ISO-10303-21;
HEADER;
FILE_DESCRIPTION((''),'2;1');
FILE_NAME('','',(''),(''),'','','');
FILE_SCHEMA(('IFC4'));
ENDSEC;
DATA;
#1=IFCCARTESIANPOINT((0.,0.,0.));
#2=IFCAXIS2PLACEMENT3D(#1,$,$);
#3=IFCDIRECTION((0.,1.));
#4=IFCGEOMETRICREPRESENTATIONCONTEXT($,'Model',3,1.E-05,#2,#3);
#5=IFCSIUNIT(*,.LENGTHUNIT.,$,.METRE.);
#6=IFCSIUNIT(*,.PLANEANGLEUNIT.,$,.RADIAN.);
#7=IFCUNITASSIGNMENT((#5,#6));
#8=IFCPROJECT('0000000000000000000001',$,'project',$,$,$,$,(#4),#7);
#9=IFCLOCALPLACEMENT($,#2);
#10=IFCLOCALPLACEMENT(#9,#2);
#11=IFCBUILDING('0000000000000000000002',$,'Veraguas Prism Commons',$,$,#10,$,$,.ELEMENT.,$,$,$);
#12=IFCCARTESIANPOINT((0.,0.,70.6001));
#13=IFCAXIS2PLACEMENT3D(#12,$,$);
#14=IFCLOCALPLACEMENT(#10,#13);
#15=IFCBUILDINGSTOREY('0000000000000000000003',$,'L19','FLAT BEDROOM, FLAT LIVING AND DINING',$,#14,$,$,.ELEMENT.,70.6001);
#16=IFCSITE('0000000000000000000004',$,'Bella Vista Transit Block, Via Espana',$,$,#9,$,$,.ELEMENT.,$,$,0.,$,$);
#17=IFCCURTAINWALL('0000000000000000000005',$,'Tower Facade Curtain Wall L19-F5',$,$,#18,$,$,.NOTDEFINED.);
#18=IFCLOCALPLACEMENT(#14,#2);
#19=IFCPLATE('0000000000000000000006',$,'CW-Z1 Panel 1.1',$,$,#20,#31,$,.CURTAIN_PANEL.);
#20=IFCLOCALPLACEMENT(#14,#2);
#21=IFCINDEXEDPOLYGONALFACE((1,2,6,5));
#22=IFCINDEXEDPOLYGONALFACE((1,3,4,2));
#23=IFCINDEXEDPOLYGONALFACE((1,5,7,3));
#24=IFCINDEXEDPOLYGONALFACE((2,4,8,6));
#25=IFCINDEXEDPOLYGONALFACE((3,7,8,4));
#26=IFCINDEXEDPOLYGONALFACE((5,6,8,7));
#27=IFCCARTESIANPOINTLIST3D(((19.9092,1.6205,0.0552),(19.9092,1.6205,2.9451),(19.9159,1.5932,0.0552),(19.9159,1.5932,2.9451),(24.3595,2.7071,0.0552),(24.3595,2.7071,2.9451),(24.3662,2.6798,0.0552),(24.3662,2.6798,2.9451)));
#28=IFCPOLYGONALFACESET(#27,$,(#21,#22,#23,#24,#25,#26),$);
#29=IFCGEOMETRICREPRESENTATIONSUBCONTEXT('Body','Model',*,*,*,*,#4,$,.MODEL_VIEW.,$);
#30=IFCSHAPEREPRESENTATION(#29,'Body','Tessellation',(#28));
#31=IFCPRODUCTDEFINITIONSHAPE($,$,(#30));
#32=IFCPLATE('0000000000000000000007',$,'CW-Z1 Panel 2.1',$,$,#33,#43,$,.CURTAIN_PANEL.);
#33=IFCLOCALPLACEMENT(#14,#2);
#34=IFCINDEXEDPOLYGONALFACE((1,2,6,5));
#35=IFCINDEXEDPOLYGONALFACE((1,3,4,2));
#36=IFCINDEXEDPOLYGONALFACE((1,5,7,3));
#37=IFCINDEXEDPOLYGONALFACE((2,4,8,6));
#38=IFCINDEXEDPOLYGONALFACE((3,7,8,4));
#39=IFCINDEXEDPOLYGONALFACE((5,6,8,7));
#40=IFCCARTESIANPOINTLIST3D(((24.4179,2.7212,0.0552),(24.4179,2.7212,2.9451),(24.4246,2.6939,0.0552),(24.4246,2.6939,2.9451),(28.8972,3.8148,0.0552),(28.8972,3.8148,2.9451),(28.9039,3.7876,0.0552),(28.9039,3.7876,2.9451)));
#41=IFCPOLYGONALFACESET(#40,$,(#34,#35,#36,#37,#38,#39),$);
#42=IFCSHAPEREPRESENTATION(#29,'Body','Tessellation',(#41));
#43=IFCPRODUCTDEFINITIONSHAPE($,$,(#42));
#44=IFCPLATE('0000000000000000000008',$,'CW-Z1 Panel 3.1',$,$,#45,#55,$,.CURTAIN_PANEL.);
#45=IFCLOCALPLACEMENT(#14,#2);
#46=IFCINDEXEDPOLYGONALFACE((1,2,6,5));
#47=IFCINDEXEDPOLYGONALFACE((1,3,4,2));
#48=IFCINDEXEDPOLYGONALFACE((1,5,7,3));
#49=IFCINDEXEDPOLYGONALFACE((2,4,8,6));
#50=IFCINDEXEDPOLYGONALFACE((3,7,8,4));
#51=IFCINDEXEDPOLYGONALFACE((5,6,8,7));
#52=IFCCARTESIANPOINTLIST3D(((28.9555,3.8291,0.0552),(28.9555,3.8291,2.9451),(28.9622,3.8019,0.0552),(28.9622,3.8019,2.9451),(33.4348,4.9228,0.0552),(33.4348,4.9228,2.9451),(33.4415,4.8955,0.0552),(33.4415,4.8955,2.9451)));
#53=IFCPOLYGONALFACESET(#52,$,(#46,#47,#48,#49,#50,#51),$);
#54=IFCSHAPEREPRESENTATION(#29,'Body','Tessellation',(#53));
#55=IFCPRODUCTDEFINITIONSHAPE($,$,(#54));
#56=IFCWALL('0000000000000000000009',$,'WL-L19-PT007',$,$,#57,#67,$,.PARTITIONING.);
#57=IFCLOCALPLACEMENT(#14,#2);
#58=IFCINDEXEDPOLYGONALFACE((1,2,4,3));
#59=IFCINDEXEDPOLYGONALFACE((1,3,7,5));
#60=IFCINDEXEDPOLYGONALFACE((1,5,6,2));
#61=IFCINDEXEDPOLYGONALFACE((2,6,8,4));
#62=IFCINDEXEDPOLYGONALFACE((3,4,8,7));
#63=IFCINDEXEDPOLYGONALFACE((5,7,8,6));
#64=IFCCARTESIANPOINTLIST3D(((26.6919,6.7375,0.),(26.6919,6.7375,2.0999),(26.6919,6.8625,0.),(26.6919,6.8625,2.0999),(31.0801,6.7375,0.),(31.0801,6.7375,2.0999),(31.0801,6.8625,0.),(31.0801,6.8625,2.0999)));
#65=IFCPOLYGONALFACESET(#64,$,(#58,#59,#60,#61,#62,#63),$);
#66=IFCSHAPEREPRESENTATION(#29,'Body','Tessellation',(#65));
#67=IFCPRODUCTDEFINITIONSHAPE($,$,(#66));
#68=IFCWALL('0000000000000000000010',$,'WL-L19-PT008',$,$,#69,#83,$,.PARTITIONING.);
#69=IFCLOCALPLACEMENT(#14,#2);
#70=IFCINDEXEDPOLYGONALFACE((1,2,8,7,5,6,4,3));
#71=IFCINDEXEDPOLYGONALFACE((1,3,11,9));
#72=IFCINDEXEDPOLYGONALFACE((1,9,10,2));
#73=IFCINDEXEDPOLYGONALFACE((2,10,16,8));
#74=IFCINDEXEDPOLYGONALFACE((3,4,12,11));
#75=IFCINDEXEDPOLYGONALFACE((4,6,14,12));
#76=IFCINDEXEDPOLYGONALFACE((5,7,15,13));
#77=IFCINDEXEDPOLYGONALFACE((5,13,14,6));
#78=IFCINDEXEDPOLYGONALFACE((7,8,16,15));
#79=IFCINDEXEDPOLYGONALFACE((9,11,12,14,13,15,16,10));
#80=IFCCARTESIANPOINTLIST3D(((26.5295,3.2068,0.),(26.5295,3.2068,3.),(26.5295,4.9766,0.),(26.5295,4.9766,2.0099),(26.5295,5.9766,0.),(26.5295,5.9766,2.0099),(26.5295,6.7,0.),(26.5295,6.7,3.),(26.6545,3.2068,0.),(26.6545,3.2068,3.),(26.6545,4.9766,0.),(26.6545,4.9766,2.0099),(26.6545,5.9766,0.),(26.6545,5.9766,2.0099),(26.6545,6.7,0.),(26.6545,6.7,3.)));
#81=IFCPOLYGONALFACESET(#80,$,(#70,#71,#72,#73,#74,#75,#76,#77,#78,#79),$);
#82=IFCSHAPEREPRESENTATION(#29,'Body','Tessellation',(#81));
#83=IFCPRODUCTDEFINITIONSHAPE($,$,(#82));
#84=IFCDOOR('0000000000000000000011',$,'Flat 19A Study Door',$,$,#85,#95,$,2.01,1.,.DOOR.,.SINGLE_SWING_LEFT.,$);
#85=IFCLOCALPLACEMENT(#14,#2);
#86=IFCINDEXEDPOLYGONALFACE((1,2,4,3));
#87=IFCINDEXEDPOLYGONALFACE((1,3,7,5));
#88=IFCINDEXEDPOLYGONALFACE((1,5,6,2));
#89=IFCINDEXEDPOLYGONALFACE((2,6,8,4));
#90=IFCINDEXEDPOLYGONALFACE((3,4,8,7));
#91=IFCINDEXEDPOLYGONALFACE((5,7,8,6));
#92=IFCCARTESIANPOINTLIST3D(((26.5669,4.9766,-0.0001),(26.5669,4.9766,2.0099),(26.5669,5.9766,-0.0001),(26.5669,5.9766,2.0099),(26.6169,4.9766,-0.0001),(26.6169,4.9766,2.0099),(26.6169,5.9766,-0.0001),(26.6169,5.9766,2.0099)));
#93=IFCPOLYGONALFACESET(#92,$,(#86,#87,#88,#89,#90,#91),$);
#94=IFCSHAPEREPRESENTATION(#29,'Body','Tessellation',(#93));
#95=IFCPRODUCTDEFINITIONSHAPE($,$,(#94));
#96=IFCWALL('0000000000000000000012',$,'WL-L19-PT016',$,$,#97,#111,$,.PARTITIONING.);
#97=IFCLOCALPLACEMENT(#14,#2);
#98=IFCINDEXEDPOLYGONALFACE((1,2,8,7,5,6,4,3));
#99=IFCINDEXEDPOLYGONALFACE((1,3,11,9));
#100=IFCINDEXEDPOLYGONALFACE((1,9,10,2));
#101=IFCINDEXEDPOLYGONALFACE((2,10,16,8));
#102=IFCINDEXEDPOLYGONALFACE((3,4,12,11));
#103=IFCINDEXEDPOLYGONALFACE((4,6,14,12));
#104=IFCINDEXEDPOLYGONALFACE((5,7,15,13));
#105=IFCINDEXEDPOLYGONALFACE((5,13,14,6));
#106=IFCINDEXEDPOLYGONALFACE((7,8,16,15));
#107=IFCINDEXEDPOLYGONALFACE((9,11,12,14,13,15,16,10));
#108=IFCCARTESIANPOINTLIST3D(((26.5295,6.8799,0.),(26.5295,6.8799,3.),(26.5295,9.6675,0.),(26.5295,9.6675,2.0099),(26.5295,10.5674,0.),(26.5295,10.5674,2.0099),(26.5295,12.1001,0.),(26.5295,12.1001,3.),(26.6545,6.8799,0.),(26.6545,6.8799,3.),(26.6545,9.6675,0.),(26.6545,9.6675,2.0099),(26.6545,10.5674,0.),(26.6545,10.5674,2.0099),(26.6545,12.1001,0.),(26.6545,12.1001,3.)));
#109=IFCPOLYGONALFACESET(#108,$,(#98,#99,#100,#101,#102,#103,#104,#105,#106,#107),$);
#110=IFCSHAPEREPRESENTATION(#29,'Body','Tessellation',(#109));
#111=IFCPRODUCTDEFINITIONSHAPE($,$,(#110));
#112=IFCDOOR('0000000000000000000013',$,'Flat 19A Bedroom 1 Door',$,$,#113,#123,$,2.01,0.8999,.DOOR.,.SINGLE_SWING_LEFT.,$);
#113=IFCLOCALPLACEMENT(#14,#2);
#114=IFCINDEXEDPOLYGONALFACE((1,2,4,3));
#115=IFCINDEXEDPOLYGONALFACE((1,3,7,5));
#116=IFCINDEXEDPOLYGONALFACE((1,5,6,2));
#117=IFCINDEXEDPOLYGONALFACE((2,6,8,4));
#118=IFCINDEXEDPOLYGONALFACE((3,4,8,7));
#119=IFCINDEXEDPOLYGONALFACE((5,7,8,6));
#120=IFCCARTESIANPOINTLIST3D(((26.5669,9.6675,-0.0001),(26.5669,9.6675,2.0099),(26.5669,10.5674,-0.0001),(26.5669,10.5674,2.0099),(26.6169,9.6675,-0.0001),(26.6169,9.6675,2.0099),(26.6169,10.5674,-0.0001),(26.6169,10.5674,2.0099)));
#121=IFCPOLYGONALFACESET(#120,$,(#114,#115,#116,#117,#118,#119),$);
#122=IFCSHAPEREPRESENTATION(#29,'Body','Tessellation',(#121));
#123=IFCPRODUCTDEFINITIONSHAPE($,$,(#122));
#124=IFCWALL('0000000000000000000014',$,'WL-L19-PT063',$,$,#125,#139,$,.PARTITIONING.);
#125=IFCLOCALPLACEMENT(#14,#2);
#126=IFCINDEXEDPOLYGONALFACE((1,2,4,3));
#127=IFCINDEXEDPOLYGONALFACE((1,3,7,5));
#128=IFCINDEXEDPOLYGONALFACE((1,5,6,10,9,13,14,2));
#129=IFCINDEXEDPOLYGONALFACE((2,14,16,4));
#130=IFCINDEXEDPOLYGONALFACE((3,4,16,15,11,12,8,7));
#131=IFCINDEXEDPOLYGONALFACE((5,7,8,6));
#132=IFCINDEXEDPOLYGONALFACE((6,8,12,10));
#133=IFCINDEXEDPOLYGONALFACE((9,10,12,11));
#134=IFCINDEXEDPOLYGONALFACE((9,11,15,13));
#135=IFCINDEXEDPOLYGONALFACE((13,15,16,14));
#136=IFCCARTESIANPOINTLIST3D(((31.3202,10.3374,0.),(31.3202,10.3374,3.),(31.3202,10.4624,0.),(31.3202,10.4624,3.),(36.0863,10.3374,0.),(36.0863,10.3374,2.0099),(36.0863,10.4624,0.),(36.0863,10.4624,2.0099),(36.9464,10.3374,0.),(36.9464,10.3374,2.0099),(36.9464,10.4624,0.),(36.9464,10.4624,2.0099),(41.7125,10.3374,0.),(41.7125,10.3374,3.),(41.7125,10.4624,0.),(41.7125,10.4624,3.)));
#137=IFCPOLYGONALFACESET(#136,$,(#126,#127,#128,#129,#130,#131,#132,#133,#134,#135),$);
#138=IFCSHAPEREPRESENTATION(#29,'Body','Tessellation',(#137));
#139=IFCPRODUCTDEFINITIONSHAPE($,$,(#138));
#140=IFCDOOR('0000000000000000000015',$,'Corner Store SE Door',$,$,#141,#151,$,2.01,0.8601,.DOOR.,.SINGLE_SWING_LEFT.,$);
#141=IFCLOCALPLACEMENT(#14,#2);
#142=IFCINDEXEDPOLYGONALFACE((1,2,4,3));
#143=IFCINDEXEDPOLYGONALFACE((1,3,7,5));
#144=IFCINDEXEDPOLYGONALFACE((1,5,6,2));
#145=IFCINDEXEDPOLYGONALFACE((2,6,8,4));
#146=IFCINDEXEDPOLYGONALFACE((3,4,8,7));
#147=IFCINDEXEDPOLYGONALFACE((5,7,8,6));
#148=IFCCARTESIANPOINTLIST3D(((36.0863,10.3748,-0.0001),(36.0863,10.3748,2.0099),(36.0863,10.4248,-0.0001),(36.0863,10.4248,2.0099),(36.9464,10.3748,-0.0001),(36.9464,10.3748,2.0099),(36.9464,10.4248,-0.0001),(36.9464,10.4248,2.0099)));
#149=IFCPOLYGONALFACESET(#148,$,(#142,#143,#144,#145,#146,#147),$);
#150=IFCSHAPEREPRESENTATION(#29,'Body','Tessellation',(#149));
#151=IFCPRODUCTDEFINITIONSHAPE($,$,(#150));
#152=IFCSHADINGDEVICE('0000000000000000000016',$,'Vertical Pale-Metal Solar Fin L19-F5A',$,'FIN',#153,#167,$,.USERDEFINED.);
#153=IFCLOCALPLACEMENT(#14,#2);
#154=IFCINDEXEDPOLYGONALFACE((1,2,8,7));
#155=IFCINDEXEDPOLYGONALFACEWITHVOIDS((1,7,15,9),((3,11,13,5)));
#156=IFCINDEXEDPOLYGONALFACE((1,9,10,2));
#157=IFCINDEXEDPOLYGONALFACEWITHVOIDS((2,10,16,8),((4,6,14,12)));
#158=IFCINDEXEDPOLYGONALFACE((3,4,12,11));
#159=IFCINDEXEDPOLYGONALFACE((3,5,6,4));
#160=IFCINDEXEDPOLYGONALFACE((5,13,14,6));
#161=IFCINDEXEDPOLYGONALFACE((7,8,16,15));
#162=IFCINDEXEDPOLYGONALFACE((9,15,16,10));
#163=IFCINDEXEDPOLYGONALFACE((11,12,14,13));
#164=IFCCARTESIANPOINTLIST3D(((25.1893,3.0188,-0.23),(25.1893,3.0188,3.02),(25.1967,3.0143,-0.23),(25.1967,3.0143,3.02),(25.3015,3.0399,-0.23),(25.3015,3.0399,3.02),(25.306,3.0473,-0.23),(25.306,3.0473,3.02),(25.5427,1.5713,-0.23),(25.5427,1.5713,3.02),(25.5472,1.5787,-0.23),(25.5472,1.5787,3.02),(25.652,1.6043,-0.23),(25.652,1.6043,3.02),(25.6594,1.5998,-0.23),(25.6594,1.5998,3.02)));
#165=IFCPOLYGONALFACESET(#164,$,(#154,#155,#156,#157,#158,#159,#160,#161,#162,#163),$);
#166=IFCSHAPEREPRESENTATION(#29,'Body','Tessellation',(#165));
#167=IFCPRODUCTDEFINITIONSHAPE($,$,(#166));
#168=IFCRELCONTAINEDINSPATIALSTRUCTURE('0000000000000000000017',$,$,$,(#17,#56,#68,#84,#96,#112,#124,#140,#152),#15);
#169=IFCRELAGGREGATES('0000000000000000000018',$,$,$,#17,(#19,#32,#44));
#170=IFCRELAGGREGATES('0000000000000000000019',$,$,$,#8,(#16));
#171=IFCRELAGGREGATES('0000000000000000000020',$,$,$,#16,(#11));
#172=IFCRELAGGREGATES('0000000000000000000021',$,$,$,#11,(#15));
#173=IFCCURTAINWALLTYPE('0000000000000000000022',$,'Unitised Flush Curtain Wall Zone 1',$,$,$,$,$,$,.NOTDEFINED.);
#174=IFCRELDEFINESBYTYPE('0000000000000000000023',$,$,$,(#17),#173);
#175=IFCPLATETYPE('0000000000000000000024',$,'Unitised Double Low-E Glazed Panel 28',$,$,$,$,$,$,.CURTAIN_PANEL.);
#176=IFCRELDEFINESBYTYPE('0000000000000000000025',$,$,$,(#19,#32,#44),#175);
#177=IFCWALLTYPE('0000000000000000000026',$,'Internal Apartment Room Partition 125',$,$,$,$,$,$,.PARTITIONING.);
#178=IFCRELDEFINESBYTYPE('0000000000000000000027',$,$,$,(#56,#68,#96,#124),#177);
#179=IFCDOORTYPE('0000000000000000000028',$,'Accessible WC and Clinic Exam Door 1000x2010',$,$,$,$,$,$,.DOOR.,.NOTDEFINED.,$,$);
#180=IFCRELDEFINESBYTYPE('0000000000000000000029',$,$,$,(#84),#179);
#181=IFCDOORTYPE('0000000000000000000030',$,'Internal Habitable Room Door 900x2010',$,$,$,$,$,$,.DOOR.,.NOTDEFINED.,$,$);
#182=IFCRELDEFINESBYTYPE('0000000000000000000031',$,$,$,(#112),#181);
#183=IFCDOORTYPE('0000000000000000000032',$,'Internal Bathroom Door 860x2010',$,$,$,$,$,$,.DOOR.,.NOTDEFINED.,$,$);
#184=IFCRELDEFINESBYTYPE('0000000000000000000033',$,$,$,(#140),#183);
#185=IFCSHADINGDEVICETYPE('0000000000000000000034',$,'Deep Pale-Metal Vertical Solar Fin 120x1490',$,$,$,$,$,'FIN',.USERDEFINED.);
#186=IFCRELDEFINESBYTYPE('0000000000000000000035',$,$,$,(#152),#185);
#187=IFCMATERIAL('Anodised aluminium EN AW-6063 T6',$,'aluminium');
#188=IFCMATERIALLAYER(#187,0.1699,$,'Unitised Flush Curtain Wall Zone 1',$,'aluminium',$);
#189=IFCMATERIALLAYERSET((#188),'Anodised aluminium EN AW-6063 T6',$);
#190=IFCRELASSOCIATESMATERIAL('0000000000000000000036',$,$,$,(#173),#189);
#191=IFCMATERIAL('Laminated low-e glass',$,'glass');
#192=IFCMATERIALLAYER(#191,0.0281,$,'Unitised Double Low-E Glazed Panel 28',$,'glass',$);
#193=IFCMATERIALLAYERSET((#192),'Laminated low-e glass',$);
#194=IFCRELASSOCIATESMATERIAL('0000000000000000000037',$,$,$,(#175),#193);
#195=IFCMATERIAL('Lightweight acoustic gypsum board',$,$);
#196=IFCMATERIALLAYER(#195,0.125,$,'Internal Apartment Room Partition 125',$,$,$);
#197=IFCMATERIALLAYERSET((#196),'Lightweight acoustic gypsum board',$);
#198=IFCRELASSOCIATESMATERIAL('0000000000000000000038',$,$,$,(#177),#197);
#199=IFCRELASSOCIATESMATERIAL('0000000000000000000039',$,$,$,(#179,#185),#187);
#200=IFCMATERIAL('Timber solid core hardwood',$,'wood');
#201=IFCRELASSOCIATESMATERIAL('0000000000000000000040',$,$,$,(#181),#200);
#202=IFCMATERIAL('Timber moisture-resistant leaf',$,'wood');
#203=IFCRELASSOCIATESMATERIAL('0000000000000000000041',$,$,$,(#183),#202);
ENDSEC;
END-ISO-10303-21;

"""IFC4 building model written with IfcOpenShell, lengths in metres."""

from ifc_helpers import new_model, si_unit, direction, frame, frame_2d, origin, origin_2d, place, context, subcontext, project, spatial, rectangle, hollow_rectangle, extrude, source, transform, mapped, material, layer, layer_set, material_profile, profile_set, type_object, element, fill, aggregate, save


model = new_model("IFC4")

# Units and contexts
model_context = context("Model", 3, precision=1e-05, world=origin(), true_north=direction((0.0, 1.0)))
body_context = subcontext(model_context, "Body", "Model", "MODEL_VIEW")
ifc_project = project(units=[si_unit("LENGTHUNIT", "METRE"), si_unit("PLANEANGLEUNIT", "RADIAN")], contexts=[model_context])

# Site, building, storey
site_placement = place(None, origin())
site = spatial("IfcSite", under=ifc_project, at=site_placement, Name="Bella Vista Transit Block, Via Espana", CompositionType="ELEMENT", RefElevation=0.0)
building_placement = place(site_placement, origin())
building = spatial("IfcBuilding", under=site, at=building_placement, Name="Veraguas Prism Commons", CompositionType="ELEMENT")
storey_placement = place(building_placement, frame((0.0, 0.0, 70.6001)))
storey = spatial("IfcBuildingStorey", under=building, at=storey_placement, Name="L19", Description="FLAT BEDROOM, FLAT LIVING AND DINING", CompositionType="ELEMENT", Elevation=70.6001)

# Curtain wall, plates
ifc_material_1 = material(Name="Anodised aluminium EN AW-6063 T6", Category="aluminium")
ifc_layer_1 = layer(ifc_material_1, 0.1699, Name="Unitised Flush Curtain Wall Zone 1", Category="aluminium")
ifc_layer_set_1 = layer_set([ifc_layer_1], Name="Anodised aluminium EN AW-6063 T6")
curtain_wall_type = type_object("IfcCurtainWallType", Name="Unitised Flush Curtain Wall Zone 1", PredefinedType="NOTDEFINED", material=ifc_layer_set_1)
curtain_wall_placement = place(storey_placement, origin())
curtain_wall = element("IfcCurtainWall", 1, at=curtain_wall_placement, inside=storey, type_object=curtain_wall_type, Name="Tower Facade Curtain Wall L19-F5", PredefinedType="NOTDEFINED")
ifc_material_2 = material(Name="Laminated low-e glass", Category="glass")
ifc_layer_2 = layer(ifc_material_2, 0.0281, Name="Unitised Double Low-E Glazed Panel 28", Category="glass")
ifc_layer_set_2 = layer_set([ifc_layer_2], Name="Laminated low-e glass")
plate_type = type_object("IfcPlateType", Name="Unitised Double Low-E Glazed Panel 28", PredefinedType="CURTAIN_PANEL", material=ifc_layer_set_2)
shared_shape_1 = source(origin(), body_context, "Body", "SweptSolid", [
    extrude(rectangle(XDim=4.5811, YDim=0.0281, at=origin_2d()), origin(), (0.0, 0.0, 1.0), 2.8899),
])
plate_1_placement = place(storey_placement, frame((22.1377, 2.1501, 0.0552), z_axis=(0.0, 0.0, 1.0), x_axis=(0.971465, 0.237184, 0.0)))
plate_1 = element("IfcPlate", 2, at=plate_1_placement, type_object=plate_type, Name="CW-Z1 Panel 1.1", PredefinedType="CURTAIN_PANEL", context=body_context, shape_type="MappedRepresentation", body=[
    mapped(shared_shape_1, transform((0.0, 0.0, 0.0), scale=1.0)),
])
shared_shape_2 = source(origin(), body_context, "Body", "SweptSolid", [
    extrude(rectangle(XDim=4.6108, YDim=0.0281, at=origin_2d()), origin(), (0.0, 0.0, 1.0), 2.8899),
])
plate_2_placement = place(storey_placement, frame((26.6609, 3.2544, 0.0552), z_axis=(0.0, 0.0, 1.0), x_axis=(0.971465, 0.237184, 0.0)))
plate_2 = element("IfcPlate", 3, at=plate_2_placement, type_object=plate_type, Name="CW-Z1 Panel 2.1", PredefinedType="CURTAIN_PANEL", context=body_context, shape_type="MappedRepresentation", body=[
    mapped(shared_shape_2, transform((0.0, 0.0, 0.0), scale=1.0)),
])
plate_3_placement = place(storey_placement, frame((31.1985, 4.3623, 0.0552), z_axis=(0.0, 0.0, 1.0), x_axis=(0.971465, 0.237184, 0.0)))
plate_3 = element("IfcPlate", 4, at=plate_3_placement, type_object=plate_type, Name="CW-Z1 Panel 3.1", PredefinedType="CURTAIN_PANEL", context=body_context, shape_type="MappedRepresentation", body=[
    mapped(shared_shape_2, transform((0.0, 0.0, 0.0), scale=1.0)),
])
aggregate(curtain_wall, [plate_1, plate_2, plate_3])

# Wall
ifc_material_3 = material(Name="Lightweight acoustic gypsum board")
ifc_layer_3 = layer(ifc_material_3, 0.125, Name="Internal Apartment Room Partition 125")
ifc_layer_set_3 = layer_set([ifc_layer_3], Name="Lightweight acoustic gypsum board")
wall_type = type_object("IfcWallType", Name="Internal Apartment Room Partition 125", PredefinedType="PARTITIONING", material=ifc_layer_set_3)
wall_1_placement = place(storey_placement, frame((26.6919, 6.8, 0.0), z_axis=(0.0, 0.0, 1.0), x_axis=(1.0, 0.0, 0.0)))
element("IfcWall", 5, at=wall_1_placement, inside=storey, type_object=wall_type, Name="WL-L19-PT007", PredefinedType="PARTITIONING", context=body_context, shape_type="SweptSolid", body=[
    extrude(rectangle(XDim=4.3882, YDim=0.125, at=frame_2d((2.1941, 0.0))), origin(), (0.0, 0.0, 1.0), 2.0999),
])

# Walls, openings, doors
wall_2_placement = place(storey_placement, frame((26.592, 6.7, 0.0), z_axis=(0.0, 0.0, 1.0), x_axis=(0.0, -1.0, 0.0)))
wall_2 = element("IfcWall", 6, at=wall_2_placement, inside=storey, type_object=wall_type, Name="WL-L19-PT008", PredefinedType="PARTITIONING", context=body_context, shape_type="SweptSolid", body=[
    extrude(rectangle(XDim=3.4932, YDim=0.125, at=frame_2d((1.7466, 0.0))), origin(), (0.0, 0.0, 1.0), 3.0),
])
opening_1_placement = place(wall_2_placement, frame((0.7234, 0.0, 0.0)))
opening_1 = element("IfcOpeningElement", 7, at=opening_1_placement, cuts=wall_2, PredefinedType="OPENING", context=body_context, shape_type="SweptSolid", body=[
    extrude(rectangle(XDim=1.0, YDim=2.01, at=frame_2d((0.5, 1.0049))), frame((0.0, 0.0725, 0.0), z_axis=(0.0, -1.0, 0.0), x_axis=(1.0, 0.0, 0.0)), (0.0, 0.0, 1.0), 0.145),
])
door_type_1 = type_object("IfcDoorType", Name="Accessible WC and Clinic Exam Door 1000x2010", OperationType="NOTDEFINED", PredefinedType="DOOR", material=ifc_material_1)
shared_shape_3 = source(origin(), body_context, "Body", "SweptSolid", [
    extrude(rectangle(XDim=1.0, YDim=2.01, at=frame_2d((0.5, 1.0049))), frame((0.0, 0.0249, 0.0), z_axis=(0.0, -1.0, 0.0), x_axis=(1.0, 0.0, 0.0)), (0.0, 0.0, 1.0), 0.05),
])
door_1_placement = place(opening_1_placement, origin())
door_1 = element("IfcDoor", 8, at=door_1_placement, inside=storey, type_object=door_type_1, Name="Flat 19A Study Door", OperationType="SINGLE_SWING_LEFT", OverallHeight=2.01, OverallWidth=1.0, PredefinedType="DOOR", context=body_context, shape_type="MappedRepresentation", body=[
    mapped(shared_shape_3, transform((0.0, 0.0, 0.0), scale=1.0)),
])
fill(opening_1, door_1)
wall_3_placement = place(storey_placement, frame((26.592, 12.1001, 0.0), z_axis=(0.0, 0.0, 1.0), x_axis=(0.0, -1.0, 0.0)))
wall_3 = element("IfcWall", 9, at=wall_3_placement, inside=storey, type_object=wall_type, Name="WL-L19-PT016", PredefinedType="PARTITIONING", context=body_context, shape_type="SweptSolid", body=[
    extrude(rectangle(XDim=5.2202, YDim=0.125, at=frame_2d((2.6101, 0.0))), origin(), (0.0, 0.0, 1.0), 3.0),
])
opening_2_placement = place(wall_3_placement, frame((1.5327, 0.0, 0.0)))
opening_2 = element("IfcOpeningElement", 10, at=opening_2_placement, cuts=wall_3, PredefinedType="OPENING", context=body_context, shape_type="SweptSolid", body=[
    extrude(rectangle(XDim=0.8999, YDim=2.01, at=frame_2d((0.45, 1.0049))), frame((0.0, 0.0725, 0.0), z_axis=(0.0, -1.0, 0.0), x_axis=(1.0, 0.0, 0.0)), (0.0, 0.0, 1.0), 0.145),
])
ifc_material_4 = material(Name="Timber solid core hardwood", Category="wood")
door_type_2 = type_object("IfcDoorType", Name="Internal Habitable Room Door 900x2010", OperationType="NOTDEFINED", PredefinedType="DOOR", material=ifc_material_4)
shared_shape_4 = source(origin(), body_context, "Body", "SweptSolid", [
    extrude(rectangle(XDim=0.8999, YDim=2.01, at=frame_2d((0.45, 1.0049))), frame((0.0, 0.0249, 0.0), z_axis=(0.0, -1.0, 0.0), x_axis=(1.0, 0.0, 0.0)), (0.0, 0.0, 1.0), 0.05),
])
door_2_placement = place(opening_2_placement, origin())
door_2 = element("IfcDoor", 11, at=door_2_placement, inside=storey, type_object=door_type_2, Name="Flat 19A Bedroom 1 Door", OperationType="SINGLE_SWING_LEFT", OverallHeight=2.01, OverallWidth=0.8999, PredefinedType="DOOR", context=body_context, shape_type="MappedRepresentation", body=[
    mapped(shared_shape_4, transform((0.0, 0.0, 0.0), scale=1.0)),
])
fill(opening_2, door_2)
wall_4_placement = place(storey_placement, frame((31.3201, 10.3999, 0.0), z_axis=(0.0, 0.0, 1.0), x_axis=(1.0, 0.0, 0.0)))
wall_4 = element("IfcWall", 12, at=wall_4_placement, inside=storey, type_object=wall_type, Name="WL-L19-PT063", PredefinedType="PARTITIONING", context=body_context, shape_type="SweptSolid", body=[
    extrude(rectangle(XDim=10.3923, YDim=0.125, at=frame_2d((5.1963, 0.0))), origin(), (0.0, 0.0, 1.0), 3.0),
])
opening_3_placement = place(wall_4_placement, frame((4.7661, 0.0, 0.0)))
opening_3 = element("IfcOpeningElement", 13, at=opening_3_placement, cuts=wall_4, PredefinedType="OPENING", context=body_context, shape_type="SweptSolid", body=[
    extrude(rectangle(XDim=0.8601, YDim=2.01, at=frame_2d((0.4302, 1.0049))), frame((0.0, 0.0725, 0.0), z_axis=(0.0, -1.0, 0.0), x_axis=(1.0, 0.0, 0.0)), (0.0, 0.0, 1.0), 0.145),
])
ifc_material_5 = material(Name="Timber moisture-resistant leaf", Category="wood")
door_type_3 = type_object("IfcDoorType", Name="Internal Bathroom Door 860x2010", OperationType="NOTDEFINED", PredefinedType="DOOR", material=ifc_material_5)
shared_shape_5 = source(origin(), body_context, "Body", "SweptSolid", [
    extrude(rectangle(XDim=0.8601, YDim=2.01, at=frame_2d((0.4302, 1.0049))), frame((0.0, 0.0249, 0.0), z_axis=(0.0, -1.0, 0.0), x_axis=(1.0, 0.0, 0.0)), (0.0, 0.0, 1.0), 0.05),
])
door_3_placement = place(opening_3_placement, origin())
door_3 = element("IfcDoor", 14, at=door_3_placement, inside=storey, type_object=door_type_3, Name="Corner Store SE Door", OperationType="SINGLE_SWING_LEFT", OverallHeight=2.01, OverallWidth=0.8601, PredefinedType="DOOR", context=body_context, shape_type="MappedRepresentation", body=[
    mapped(shared_shape_5, transform((0.0, 0.0, 0.0), scale=1.0)),
])
fill(opening_3, door_3)

# Shading device
ifc_material_profile_1 = material_profile(ifc_material_1, hollow_rectangle(XDim=0.1201, YDim=1.49, WallThickness=0.0061, at=origin_2d()), Name="FIN120X1490X6")
ifc_profile_set_1 = profile_set([ifc_material_profile_1], Name="Anodised aluminium EN AW-6063 T6")
shading_device_type = type_object("IfcShadingDeviceType", Name="Deep Pale-Metal Vertical Solar Fin 120x1490", ElementType="FIN", PredefinedType="USERDEFINED", material=ifc_profile_set_1)
shading_device_placement = place(storey_placement, frame((25.4243, 2.3093, -0.23), z_axis=(0.0, 0.0, 1.0), x_axis=(0.971466, 0.237181, 0.0)))
element("IfcShadingDevice", 15, at=shading_device_placement, inside=storey, type_object=shading_device_type, Name="Vertical Pale-Metal Solar Fin L19-F5A", ObjectType="FIN", PredefinedType="USERDEFINED", context=body_context, shape_type="SweptSolid", body=[
    extrude(hollow_rectangle(XDim=0.1201, YDim=1.49, WallThickness=0.0061, at=origin_2d()), origin(), (0.0, 0.0, 1.0), 3.25),
])

save(model, "model.ifc")
